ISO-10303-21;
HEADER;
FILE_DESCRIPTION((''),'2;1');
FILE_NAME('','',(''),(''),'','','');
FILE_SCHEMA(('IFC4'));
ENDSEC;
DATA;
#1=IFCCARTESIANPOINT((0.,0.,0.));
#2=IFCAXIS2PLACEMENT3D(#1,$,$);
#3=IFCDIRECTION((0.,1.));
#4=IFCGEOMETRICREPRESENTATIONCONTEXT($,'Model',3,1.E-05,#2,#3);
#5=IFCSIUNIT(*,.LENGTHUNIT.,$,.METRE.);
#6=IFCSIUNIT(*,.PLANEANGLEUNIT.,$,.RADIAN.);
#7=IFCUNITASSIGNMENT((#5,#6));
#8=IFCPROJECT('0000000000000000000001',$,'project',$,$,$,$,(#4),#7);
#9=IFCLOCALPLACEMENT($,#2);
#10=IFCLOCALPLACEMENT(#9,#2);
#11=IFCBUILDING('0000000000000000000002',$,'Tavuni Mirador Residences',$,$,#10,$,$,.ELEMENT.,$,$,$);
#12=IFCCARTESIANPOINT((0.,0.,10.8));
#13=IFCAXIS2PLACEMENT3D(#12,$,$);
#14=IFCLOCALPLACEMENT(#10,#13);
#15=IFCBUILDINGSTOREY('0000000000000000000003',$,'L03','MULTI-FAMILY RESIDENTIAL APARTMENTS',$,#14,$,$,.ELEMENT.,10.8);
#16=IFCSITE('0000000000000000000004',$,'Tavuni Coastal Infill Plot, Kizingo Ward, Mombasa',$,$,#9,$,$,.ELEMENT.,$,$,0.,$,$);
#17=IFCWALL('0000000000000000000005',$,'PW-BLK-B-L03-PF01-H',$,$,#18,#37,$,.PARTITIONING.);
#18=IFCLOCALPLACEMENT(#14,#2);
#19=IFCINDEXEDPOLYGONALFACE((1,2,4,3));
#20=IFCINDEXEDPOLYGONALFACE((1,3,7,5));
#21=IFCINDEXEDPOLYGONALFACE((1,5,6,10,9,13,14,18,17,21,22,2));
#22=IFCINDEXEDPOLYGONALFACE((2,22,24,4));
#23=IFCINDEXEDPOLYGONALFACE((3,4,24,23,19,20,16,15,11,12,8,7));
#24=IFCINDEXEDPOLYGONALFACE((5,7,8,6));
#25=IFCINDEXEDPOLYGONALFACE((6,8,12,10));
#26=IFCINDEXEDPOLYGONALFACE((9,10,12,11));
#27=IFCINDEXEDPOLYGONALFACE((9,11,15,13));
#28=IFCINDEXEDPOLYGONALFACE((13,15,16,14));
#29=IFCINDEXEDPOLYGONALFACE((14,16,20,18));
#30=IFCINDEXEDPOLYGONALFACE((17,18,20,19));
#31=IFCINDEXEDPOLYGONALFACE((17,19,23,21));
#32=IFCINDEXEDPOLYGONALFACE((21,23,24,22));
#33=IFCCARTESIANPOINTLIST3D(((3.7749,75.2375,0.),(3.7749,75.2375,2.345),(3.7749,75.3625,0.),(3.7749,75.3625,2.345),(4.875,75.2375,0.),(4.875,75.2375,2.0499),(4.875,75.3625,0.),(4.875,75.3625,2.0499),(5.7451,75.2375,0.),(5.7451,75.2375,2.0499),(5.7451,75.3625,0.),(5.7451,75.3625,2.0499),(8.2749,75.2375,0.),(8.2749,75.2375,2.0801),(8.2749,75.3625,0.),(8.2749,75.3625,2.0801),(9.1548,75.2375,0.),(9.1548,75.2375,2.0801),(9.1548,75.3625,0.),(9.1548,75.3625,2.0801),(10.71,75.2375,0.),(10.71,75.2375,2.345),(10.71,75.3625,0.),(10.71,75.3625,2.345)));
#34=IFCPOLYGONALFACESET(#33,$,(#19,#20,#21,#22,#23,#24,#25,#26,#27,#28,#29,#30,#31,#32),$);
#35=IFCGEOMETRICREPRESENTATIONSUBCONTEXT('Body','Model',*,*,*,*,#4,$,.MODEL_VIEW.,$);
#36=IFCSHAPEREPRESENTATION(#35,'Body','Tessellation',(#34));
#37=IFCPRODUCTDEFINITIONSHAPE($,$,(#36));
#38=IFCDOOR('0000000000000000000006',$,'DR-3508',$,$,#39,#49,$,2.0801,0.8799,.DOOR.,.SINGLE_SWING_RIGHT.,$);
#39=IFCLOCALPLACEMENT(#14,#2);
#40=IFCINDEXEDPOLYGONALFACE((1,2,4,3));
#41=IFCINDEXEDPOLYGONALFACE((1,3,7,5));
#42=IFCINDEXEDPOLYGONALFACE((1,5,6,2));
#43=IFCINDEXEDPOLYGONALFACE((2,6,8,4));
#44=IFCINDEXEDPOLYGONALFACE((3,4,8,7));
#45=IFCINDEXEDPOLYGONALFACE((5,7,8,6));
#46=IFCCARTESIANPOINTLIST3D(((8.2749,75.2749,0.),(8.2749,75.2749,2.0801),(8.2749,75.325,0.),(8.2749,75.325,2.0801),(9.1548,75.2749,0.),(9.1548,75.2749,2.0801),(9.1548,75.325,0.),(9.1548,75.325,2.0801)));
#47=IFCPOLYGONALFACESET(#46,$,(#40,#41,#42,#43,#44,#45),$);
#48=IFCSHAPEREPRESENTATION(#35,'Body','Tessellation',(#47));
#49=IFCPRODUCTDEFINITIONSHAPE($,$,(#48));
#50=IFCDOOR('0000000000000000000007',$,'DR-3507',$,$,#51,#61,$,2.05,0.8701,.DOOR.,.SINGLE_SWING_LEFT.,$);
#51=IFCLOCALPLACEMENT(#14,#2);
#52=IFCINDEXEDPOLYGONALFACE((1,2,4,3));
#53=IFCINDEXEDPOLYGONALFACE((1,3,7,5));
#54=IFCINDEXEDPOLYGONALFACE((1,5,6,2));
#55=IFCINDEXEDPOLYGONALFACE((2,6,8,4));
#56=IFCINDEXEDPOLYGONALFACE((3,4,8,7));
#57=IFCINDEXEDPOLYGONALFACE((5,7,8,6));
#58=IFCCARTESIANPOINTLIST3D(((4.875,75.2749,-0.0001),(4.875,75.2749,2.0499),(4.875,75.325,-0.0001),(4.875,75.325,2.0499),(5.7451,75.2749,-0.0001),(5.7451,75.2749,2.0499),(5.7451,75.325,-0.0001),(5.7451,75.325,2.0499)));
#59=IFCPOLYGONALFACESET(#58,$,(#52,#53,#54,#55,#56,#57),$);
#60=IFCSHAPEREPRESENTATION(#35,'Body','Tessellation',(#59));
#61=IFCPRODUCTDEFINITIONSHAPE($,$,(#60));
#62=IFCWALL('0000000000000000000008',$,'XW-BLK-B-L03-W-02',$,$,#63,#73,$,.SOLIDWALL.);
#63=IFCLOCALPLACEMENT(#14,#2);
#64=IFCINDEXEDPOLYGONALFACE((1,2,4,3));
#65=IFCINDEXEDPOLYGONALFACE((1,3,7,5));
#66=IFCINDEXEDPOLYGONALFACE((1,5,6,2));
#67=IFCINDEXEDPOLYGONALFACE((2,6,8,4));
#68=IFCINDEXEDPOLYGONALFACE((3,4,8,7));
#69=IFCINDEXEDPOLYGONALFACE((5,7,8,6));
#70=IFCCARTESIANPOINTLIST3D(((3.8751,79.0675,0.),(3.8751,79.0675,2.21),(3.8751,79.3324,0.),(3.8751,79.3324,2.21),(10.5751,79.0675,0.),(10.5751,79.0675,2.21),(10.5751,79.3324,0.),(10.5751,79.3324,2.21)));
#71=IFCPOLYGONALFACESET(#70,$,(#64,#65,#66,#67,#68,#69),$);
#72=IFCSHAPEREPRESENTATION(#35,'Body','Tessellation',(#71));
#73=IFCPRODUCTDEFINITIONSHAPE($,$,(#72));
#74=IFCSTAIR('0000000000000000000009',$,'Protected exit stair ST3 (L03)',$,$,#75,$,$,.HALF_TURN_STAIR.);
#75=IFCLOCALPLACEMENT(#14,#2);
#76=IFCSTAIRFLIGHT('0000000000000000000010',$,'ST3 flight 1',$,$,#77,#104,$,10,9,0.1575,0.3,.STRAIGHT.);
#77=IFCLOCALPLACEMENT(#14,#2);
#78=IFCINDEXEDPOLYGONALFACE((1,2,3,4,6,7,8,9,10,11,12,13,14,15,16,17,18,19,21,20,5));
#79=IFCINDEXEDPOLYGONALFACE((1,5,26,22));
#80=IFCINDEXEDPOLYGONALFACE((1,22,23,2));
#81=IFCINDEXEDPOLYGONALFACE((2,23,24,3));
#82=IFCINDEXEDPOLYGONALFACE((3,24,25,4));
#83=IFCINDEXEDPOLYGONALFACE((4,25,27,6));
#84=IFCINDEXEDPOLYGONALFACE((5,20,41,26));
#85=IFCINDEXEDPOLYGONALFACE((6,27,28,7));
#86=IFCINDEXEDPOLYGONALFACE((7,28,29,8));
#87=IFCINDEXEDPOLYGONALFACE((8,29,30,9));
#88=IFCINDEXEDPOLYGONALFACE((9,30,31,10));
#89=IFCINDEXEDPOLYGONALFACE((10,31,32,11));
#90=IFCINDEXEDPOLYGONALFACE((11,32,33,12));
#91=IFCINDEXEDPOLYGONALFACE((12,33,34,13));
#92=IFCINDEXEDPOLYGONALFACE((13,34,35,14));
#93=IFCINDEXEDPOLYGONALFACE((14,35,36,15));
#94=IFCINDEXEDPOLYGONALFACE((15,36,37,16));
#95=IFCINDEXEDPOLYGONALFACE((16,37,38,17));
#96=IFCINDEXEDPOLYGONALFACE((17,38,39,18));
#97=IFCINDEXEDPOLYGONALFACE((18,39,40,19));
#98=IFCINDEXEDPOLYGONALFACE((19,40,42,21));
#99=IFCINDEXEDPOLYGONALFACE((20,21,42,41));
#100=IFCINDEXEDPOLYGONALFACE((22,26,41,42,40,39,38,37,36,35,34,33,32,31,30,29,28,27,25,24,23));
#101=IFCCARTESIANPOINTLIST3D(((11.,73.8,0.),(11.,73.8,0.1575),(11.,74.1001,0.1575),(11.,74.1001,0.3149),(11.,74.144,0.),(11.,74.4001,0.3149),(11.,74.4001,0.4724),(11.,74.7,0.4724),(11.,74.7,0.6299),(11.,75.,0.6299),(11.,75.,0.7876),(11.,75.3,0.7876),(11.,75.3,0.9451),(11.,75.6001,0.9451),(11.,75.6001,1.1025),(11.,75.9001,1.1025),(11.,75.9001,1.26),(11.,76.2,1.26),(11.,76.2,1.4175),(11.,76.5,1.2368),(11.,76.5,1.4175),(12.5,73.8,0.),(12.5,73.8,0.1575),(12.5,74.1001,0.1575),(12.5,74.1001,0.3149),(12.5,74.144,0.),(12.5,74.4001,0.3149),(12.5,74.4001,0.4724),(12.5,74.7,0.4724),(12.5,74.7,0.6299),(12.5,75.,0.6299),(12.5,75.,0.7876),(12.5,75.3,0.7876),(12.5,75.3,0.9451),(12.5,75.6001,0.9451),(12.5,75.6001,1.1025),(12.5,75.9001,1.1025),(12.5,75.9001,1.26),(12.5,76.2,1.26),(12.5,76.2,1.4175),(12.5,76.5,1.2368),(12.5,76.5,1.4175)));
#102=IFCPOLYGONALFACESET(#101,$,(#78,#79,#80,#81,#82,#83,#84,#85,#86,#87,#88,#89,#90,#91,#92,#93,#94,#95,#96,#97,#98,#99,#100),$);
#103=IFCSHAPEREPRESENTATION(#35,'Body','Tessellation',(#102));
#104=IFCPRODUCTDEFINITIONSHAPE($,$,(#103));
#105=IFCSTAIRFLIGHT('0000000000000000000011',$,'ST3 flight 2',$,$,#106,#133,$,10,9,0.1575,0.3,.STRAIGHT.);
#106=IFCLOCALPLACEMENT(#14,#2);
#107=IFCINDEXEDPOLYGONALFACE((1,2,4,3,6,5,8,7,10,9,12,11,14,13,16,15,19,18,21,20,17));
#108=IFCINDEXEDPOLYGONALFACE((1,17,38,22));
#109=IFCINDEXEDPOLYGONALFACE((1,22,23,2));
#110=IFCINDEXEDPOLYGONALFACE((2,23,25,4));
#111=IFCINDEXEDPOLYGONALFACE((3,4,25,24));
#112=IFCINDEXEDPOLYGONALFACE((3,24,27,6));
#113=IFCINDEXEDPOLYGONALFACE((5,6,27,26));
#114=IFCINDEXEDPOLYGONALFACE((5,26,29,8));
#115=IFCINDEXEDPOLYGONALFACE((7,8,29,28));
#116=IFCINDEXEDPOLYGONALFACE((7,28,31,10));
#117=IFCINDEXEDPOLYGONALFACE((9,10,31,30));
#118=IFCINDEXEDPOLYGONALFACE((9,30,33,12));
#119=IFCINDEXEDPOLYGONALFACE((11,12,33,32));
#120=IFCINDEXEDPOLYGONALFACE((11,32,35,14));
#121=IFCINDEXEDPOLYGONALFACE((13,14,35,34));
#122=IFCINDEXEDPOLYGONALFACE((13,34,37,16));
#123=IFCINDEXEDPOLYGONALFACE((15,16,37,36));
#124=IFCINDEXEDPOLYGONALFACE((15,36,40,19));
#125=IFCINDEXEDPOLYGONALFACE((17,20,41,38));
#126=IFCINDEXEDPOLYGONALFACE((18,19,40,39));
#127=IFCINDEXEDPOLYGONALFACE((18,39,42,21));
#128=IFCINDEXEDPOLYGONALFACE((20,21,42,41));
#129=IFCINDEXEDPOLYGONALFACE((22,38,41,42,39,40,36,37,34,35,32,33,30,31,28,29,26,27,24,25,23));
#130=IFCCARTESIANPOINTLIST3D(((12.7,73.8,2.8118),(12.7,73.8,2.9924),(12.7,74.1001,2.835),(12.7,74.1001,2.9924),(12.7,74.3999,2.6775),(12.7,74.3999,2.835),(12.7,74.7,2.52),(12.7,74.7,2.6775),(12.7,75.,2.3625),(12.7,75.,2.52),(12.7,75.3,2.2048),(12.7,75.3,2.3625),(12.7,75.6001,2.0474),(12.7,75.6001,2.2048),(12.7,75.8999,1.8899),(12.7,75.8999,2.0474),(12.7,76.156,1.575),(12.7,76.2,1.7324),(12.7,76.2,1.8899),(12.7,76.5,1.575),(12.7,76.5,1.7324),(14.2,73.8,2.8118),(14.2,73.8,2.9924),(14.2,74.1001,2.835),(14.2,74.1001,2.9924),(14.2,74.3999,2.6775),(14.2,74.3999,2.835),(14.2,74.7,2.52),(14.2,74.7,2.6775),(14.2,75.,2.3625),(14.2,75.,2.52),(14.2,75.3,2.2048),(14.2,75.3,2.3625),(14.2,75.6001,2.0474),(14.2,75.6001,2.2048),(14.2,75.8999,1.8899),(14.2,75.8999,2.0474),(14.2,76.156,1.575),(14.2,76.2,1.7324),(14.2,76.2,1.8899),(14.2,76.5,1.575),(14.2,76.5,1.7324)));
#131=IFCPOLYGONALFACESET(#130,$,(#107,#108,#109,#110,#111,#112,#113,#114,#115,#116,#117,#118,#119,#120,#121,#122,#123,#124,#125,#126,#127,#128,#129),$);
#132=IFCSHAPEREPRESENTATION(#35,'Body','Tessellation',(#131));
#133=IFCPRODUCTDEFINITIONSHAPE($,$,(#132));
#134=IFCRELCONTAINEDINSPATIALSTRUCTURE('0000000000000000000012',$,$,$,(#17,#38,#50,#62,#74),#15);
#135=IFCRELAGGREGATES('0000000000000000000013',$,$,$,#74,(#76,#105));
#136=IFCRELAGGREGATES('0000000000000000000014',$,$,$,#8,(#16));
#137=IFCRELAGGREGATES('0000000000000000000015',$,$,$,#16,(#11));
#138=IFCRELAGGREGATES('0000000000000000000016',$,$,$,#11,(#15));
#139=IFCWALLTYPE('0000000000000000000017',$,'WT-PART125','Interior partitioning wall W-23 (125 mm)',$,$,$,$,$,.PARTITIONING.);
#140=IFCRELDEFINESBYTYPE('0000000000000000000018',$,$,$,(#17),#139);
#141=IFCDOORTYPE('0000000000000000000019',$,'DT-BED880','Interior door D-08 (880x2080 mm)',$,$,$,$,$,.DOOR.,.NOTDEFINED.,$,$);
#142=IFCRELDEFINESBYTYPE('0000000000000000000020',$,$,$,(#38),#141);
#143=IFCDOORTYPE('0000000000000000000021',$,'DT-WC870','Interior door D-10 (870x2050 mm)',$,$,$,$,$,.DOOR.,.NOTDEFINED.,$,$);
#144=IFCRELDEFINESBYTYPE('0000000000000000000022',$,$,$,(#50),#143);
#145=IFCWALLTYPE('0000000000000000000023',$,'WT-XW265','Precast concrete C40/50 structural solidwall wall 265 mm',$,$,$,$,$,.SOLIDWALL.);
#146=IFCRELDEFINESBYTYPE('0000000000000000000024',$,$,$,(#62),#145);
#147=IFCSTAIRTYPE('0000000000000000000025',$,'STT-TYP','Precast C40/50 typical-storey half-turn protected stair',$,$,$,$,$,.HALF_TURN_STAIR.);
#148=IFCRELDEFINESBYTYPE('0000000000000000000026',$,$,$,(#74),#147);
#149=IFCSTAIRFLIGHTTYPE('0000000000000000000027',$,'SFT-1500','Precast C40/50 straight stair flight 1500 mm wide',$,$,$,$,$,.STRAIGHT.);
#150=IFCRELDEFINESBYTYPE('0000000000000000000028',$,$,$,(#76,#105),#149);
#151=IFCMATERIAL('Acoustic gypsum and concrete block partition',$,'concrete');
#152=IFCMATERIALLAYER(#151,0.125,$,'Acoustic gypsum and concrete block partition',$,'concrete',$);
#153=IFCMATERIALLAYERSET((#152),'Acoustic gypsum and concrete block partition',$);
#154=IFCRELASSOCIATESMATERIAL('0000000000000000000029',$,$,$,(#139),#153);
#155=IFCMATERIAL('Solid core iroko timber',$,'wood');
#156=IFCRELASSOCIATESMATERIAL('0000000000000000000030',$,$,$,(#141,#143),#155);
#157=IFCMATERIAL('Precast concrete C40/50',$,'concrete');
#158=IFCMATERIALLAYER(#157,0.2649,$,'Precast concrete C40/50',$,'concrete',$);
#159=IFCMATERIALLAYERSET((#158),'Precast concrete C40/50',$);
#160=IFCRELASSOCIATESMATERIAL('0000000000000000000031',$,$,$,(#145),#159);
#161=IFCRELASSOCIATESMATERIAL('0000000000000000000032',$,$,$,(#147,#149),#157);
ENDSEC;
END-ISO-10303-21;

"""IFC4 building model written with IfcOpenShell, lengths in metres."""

from ifc_helpers import new_model, si_unit, direction, frame, frame_2d, origin, place, context, subcontext, project, spatial, polyline, rectangle, outline, extrude, material, layer, layer_set, type_object, element, fill, aggregate, save


model = new_model("IFC4")

# Units and contexts
model_context = context("Model", 3, precision=1e-05, world=origin(), true_north=direction((0.0, 1.0)))
body_context = subcontext(model_context, "Body", "Model", "MODEL_VIEW")
ifc_project = project(units=[si_unit("LENGTHUNIT", "METRE"), si_unit("PLANEANGLEUNIT", "RADIAN")], contexts=[model_context])

# Site, building, storey
site_placement = place(None, origin())
site = spatial("IfcSite", under=ifc_project, at=site_placement, Name="Tavuni Coastal Infill Plot, Kizingo Ward, Mombasa", CompositionType="ELEMENT", RefElevation=0.0)
building_placement = place(site_placement, origin())
building = spatial("IfcBuilding", under=site, at=building_placement, Name="Tavuni Mirador Residences", CompositionType="ELEMENT")
storey_placement = place(building_placement, frame((0.0, 0.0, 10.8)))
storey = spatial("IfcBuildingStorey", under=building, at=storey_placement, Name="L03", Description="MULTI-FAMILY RESIDENTIAL APARTMENTS", CompositionType="ELEMENT", Elevation=10.8)

# Shared definitions
ifc_material_1 = material(Name="Precast concrete C40/50", Category="concrete")

# Shared definitions
ifc_material_2 = material(Name="Solid core iroko timber", Category="wood")

# Shared definitions
ifc_material_3 = material(Name="Acoustic gypsum and concrete block partition", Category="concrete")

# Wall, openings, doors
ifc_layer_1 = layer(ifc_material_3, 0.125, Name="Acoustic gypsum and concrete block partition", Category="concrete")
ifc_layer_set_1 = layer_set([ifc_layer_1], Name="Acoustic gypsum and concrete block partition")
wall_type_1 = type_object("IfcWallType", Name="WT-PART125", Description="Interior partitioning wall W-23 (125 mm)", PredefinedType="PARTITIONING", material=ifc_layer_set_1)
wall_1_placement = place(storey_placement, frame((3.7749, 75.3, 0.0), z_axis=(0.0, 0.0, 1.0), x_axis=(1.0, 0.0, 0.0)))
wall_1 = element("IfcWall", 1, at=wall_1_placement, inside=storey, type_object=wall_type_1, Name="PW-BLK-B-L03-PF01-H", PredefinedType="PARTITIONING", context=body_context, shape_type="SweptSolid", body=[
    extrude(rectangle(XDim=6.9351, YDim=0.125, at=frame_2d((3.4675, 0.0))), origin(), (0.0, 0.0, 1.0), 2.345),
])
opening_1_placement = place(wall_1_placement, frame((1.1001, 0.0, 0.0)))
opening_1 = element("IfcOpeningElement", 2, at=opening_1_placement, cuts=wall_1, PredefinedType="OPENING", context=body_context, shape_type="SweptSolid", body=[
    extrude(rectangle(XDim=0.8701, YDim=2.05, at=frame_2d((0.4351, 1.0249))), frame((0.0, 0.0725, 0.0), z_axis=(0.0, -1.0, 0.0), x_axis=(1.0, 0.0, 0.0)), (0.0, 0.0, 1.0), 0.145),
])
opening_2_placement = place(wall_1_placement, frame((4.5, 0.0, 0.0)))
opening_2 = element("IfcOpeningElement", 3, at=opening_2_placement, cuts=wall_1, PredefinedType="OPENING", context=body_context, shape_type="SweptSolid", body=[
    extrude(rectangle(XDim=0.8799, YDim=2.0801, at=frame_2d((0.4399, 1.04))), frame((0.0, 0.0725, 0.0), z_axis=(0.0, -1.0, 0.0), x_axis=(1.0, 0.0, 0.0)), (0.0, 0.0, 1.0), 0.145),
])
door_type_1 = type_object("IfcDoorType", Name="DT-BED880", Description="Interior door D-08 (880x2080 mm)", OperationType="NOTDEFINED", PredefinedType="DOOR", material=ifc_material_2)
door_1_placement = place(opening_2_placement, origin())
door_1 = element("IfcDoor", 4, at=door_1_placement, inside=storey, type_object=door_type_1, Name="DR-3508", OperationType="SINGLE_SWING_RIGHT", OverallHeight=2.0801, OverallWidth=0.8799, PredefinedType="DOOR", context=body_context, shape_type="SweptSolid", body=[
    extrude(rectangle(XDim=0.8799, YDim=2.0801, at=frame_2d((0.4399, 1.04))), frame((0.0, 0.0249, 0.0), z_axis=(0.0, -1.0, 0.0), x_axis=(1.0, 0.0, 0.0)), (0.0, 0.0, 1.0), 0.05),
])
fill(opening_2, door_1)
door_type_2 = type_object("IfcDoorType", Name="DT-WC870", Description="Interior door D-10 (870x2050 mm)", OperationType="NOTDEFINED", PredefinedType="DOOR", material=ifc_material_2)
door_2_placement = place(opening_1_placement, origin())
door_2 = element("IfcDoor", 5, at=door_2_placement, inside=storey, type_object=door_type_2, Name="DR-3507", OperationType="SINGLE_SWING_LEFT", OverallHeight=2.05, OverallWidth=0.8701, PredefinedType="DOOR", context=body_context, shape_type="SweptSolid", body=[
    extrude(rectangle(XDim=0.8701, YDim=2.05, at=frame_2d((0.4351, 1.0249))), frame((0.0, 0.0249, 0.0), z_axis=(0.0, -1.0, 0.0), x_axis=(1.0, 0.0, 0.0)), (0.0, 0.0, 1.0), 0.05),
])
fill(opening_1, door_2)

# Wall
ifc_layer_2 = layer(ifc_material_1, 0.2649, Name="Precast concrete C40/50", Category="concrete")
ifc_layer_set_2 = layer_set([ifc_layer_2], Name="Precast concrete C40/50")
wall_type_2 = type_object("IfcWallType", Name="WT-XW265", Description="Precast concrete C40/50 structural solidwall wall 265 mm", PredefinedType="SOLIDWALL", material=ifc_layer_set_2)
wall_2_placement = place(storey_placement, frame((3.875, 79.2, 0.0), z_axis=(0.0, 0.0, 1.0), x_axis=(1.0, 0.0, 0.0)))
element("IfcWall", 6, at=wall_2_placement, inside=storey, type_object=wall_type_2, Name="XW-BLK-B-L03-W-02", PredefinedType="SOLIDWALL", context=body_context, shape_type="SweptSolid", body=[
    extrude(rectangle(XDim=6.7, YDim=0.2649, at=frame_2d((3.3501, 0.0))), origin(), (0.0, 0.0, 1.0), 2.21),
])

# Stair, stair flights
stair_type = type_object("IfcStairType", Name="STT-TYP", Description="Precast C40/50 typical-storey half-turn protected stair", PredefinedType="HALF_TURN_STAIR", material=ifc_material_1)
stair_placement = place(storey_placement, origin())
stair = element("IfcStair", 7, at=stair_placement, inside=storey, type_object=stair_type, Name="Protected exit stair ST3 (L03)", PredefinedType="HALF_TURN_STAIR")
stair_flight_type = type_object("IfcStairFlightType", Name="SFT-1500", Description="Precast C40/50 straight stair flight 1500 mm wide", PredefinedType="STRAIGHT", material=ifc_material_1)
stair_flight_1_placement = place(storey_placement, frame((11.75, 73.8, 0.0), z_axis=(0.0, 0.0, 1.0), x_axis=(0.0, 1.0, 0.0)))
stair_flight_1 = element("IfcStairFlight", 8, at=stair_flight_1_placement, type_object=stair_flight_type, Name="ST3 flight 1", NumberOfRisers=10, NumberOfTreads=9, PredefinedType="STRAIGHT", RiserHeight=0.1575, TreadLength=0.3, context=body_context, shape_type="SweptSolid", body=[
    extrude(outline(polyline([(0.0, 0.0), (0.0, 0.1575), (0.3, 0.1575), (0.3, 0.3149), (0.6001, 0.3149), (0.6001, 0.4724), (0.8999, 0.4724), (0.8999, 0.6299), (1.2, 0.6299), (1.2, 0.7876), (1.5, 0.7876), (1.5, 0.9451), (1.8, 0.9451), (1.8, 1.1025), (2.1001, 1.1025), (2.1001, 1.26), (2.3999, 1.26), (2.3999, 1.4175), (2.7, 1.4175), (2.7, 1.575), (2.7, 1.2368), (0.344, 0.0), (0.0, 0.0)])), frame((0.0, 0.75, 0.0), z_axis=(0.0, -1.0, 0.0), x_axis=(1.0, 0.0, 0.0)), (0.0, 0.0, 1.0), 1.5),
])
stair_flight_2_placement = place(storey_placement, frame((13.45, 76.5, 1.575), z_axis=(0.0, 0.0, 1.0), x_axis=(0.0, -1.0, 0.0)))
stair_flight_2 = element("IfcStairFlight", 9, at=stair_flight_2_placement, type_object=stair_flight_type, Name="ST3 flight 2", NumberOfRisers=10, NumberOfTreads=9, PredefinedType="STRAIGHT", RiserHeight=0.1575, TreadLength=0.3, context=body_context, shape_type="SweptSolid", body=[
    extrude(outline(polyline([(0.0, 0.0), (0.0, 0.1575), (0.3, 0.1575), (0.3, 0.3149), (0.6001, 0.3149), (0.6001, 0.4724), (0.8999, 0.4724), (0.8999, 0.6299), (1.2, 0.6299), (1.2, 0.7876), (1.5, 0.7876), (1.5, 0.9451), (1.8, 0.9451), (1.8, 1.1025), (2.1001, 1.1025), (2.1001, 1.26), (2.3999, 1.26), (2.3999, 1.4175), (2.7, 1.4175), (2.7, 1.575), (2.7, 1.2368), (0.344, 0.0), (0.0, 0.0)])), frame((0.0, 0.75, 0.0), z_axis=(0.0, -1.0, 0.0), x_axis=(1.0, 0.0, 0.0)), (0.0, 0.0, 1.0), 1.5),
])
aggregate(stair, [stair_flight_1, stair_flight_2])

save(model, "model.ifc")
